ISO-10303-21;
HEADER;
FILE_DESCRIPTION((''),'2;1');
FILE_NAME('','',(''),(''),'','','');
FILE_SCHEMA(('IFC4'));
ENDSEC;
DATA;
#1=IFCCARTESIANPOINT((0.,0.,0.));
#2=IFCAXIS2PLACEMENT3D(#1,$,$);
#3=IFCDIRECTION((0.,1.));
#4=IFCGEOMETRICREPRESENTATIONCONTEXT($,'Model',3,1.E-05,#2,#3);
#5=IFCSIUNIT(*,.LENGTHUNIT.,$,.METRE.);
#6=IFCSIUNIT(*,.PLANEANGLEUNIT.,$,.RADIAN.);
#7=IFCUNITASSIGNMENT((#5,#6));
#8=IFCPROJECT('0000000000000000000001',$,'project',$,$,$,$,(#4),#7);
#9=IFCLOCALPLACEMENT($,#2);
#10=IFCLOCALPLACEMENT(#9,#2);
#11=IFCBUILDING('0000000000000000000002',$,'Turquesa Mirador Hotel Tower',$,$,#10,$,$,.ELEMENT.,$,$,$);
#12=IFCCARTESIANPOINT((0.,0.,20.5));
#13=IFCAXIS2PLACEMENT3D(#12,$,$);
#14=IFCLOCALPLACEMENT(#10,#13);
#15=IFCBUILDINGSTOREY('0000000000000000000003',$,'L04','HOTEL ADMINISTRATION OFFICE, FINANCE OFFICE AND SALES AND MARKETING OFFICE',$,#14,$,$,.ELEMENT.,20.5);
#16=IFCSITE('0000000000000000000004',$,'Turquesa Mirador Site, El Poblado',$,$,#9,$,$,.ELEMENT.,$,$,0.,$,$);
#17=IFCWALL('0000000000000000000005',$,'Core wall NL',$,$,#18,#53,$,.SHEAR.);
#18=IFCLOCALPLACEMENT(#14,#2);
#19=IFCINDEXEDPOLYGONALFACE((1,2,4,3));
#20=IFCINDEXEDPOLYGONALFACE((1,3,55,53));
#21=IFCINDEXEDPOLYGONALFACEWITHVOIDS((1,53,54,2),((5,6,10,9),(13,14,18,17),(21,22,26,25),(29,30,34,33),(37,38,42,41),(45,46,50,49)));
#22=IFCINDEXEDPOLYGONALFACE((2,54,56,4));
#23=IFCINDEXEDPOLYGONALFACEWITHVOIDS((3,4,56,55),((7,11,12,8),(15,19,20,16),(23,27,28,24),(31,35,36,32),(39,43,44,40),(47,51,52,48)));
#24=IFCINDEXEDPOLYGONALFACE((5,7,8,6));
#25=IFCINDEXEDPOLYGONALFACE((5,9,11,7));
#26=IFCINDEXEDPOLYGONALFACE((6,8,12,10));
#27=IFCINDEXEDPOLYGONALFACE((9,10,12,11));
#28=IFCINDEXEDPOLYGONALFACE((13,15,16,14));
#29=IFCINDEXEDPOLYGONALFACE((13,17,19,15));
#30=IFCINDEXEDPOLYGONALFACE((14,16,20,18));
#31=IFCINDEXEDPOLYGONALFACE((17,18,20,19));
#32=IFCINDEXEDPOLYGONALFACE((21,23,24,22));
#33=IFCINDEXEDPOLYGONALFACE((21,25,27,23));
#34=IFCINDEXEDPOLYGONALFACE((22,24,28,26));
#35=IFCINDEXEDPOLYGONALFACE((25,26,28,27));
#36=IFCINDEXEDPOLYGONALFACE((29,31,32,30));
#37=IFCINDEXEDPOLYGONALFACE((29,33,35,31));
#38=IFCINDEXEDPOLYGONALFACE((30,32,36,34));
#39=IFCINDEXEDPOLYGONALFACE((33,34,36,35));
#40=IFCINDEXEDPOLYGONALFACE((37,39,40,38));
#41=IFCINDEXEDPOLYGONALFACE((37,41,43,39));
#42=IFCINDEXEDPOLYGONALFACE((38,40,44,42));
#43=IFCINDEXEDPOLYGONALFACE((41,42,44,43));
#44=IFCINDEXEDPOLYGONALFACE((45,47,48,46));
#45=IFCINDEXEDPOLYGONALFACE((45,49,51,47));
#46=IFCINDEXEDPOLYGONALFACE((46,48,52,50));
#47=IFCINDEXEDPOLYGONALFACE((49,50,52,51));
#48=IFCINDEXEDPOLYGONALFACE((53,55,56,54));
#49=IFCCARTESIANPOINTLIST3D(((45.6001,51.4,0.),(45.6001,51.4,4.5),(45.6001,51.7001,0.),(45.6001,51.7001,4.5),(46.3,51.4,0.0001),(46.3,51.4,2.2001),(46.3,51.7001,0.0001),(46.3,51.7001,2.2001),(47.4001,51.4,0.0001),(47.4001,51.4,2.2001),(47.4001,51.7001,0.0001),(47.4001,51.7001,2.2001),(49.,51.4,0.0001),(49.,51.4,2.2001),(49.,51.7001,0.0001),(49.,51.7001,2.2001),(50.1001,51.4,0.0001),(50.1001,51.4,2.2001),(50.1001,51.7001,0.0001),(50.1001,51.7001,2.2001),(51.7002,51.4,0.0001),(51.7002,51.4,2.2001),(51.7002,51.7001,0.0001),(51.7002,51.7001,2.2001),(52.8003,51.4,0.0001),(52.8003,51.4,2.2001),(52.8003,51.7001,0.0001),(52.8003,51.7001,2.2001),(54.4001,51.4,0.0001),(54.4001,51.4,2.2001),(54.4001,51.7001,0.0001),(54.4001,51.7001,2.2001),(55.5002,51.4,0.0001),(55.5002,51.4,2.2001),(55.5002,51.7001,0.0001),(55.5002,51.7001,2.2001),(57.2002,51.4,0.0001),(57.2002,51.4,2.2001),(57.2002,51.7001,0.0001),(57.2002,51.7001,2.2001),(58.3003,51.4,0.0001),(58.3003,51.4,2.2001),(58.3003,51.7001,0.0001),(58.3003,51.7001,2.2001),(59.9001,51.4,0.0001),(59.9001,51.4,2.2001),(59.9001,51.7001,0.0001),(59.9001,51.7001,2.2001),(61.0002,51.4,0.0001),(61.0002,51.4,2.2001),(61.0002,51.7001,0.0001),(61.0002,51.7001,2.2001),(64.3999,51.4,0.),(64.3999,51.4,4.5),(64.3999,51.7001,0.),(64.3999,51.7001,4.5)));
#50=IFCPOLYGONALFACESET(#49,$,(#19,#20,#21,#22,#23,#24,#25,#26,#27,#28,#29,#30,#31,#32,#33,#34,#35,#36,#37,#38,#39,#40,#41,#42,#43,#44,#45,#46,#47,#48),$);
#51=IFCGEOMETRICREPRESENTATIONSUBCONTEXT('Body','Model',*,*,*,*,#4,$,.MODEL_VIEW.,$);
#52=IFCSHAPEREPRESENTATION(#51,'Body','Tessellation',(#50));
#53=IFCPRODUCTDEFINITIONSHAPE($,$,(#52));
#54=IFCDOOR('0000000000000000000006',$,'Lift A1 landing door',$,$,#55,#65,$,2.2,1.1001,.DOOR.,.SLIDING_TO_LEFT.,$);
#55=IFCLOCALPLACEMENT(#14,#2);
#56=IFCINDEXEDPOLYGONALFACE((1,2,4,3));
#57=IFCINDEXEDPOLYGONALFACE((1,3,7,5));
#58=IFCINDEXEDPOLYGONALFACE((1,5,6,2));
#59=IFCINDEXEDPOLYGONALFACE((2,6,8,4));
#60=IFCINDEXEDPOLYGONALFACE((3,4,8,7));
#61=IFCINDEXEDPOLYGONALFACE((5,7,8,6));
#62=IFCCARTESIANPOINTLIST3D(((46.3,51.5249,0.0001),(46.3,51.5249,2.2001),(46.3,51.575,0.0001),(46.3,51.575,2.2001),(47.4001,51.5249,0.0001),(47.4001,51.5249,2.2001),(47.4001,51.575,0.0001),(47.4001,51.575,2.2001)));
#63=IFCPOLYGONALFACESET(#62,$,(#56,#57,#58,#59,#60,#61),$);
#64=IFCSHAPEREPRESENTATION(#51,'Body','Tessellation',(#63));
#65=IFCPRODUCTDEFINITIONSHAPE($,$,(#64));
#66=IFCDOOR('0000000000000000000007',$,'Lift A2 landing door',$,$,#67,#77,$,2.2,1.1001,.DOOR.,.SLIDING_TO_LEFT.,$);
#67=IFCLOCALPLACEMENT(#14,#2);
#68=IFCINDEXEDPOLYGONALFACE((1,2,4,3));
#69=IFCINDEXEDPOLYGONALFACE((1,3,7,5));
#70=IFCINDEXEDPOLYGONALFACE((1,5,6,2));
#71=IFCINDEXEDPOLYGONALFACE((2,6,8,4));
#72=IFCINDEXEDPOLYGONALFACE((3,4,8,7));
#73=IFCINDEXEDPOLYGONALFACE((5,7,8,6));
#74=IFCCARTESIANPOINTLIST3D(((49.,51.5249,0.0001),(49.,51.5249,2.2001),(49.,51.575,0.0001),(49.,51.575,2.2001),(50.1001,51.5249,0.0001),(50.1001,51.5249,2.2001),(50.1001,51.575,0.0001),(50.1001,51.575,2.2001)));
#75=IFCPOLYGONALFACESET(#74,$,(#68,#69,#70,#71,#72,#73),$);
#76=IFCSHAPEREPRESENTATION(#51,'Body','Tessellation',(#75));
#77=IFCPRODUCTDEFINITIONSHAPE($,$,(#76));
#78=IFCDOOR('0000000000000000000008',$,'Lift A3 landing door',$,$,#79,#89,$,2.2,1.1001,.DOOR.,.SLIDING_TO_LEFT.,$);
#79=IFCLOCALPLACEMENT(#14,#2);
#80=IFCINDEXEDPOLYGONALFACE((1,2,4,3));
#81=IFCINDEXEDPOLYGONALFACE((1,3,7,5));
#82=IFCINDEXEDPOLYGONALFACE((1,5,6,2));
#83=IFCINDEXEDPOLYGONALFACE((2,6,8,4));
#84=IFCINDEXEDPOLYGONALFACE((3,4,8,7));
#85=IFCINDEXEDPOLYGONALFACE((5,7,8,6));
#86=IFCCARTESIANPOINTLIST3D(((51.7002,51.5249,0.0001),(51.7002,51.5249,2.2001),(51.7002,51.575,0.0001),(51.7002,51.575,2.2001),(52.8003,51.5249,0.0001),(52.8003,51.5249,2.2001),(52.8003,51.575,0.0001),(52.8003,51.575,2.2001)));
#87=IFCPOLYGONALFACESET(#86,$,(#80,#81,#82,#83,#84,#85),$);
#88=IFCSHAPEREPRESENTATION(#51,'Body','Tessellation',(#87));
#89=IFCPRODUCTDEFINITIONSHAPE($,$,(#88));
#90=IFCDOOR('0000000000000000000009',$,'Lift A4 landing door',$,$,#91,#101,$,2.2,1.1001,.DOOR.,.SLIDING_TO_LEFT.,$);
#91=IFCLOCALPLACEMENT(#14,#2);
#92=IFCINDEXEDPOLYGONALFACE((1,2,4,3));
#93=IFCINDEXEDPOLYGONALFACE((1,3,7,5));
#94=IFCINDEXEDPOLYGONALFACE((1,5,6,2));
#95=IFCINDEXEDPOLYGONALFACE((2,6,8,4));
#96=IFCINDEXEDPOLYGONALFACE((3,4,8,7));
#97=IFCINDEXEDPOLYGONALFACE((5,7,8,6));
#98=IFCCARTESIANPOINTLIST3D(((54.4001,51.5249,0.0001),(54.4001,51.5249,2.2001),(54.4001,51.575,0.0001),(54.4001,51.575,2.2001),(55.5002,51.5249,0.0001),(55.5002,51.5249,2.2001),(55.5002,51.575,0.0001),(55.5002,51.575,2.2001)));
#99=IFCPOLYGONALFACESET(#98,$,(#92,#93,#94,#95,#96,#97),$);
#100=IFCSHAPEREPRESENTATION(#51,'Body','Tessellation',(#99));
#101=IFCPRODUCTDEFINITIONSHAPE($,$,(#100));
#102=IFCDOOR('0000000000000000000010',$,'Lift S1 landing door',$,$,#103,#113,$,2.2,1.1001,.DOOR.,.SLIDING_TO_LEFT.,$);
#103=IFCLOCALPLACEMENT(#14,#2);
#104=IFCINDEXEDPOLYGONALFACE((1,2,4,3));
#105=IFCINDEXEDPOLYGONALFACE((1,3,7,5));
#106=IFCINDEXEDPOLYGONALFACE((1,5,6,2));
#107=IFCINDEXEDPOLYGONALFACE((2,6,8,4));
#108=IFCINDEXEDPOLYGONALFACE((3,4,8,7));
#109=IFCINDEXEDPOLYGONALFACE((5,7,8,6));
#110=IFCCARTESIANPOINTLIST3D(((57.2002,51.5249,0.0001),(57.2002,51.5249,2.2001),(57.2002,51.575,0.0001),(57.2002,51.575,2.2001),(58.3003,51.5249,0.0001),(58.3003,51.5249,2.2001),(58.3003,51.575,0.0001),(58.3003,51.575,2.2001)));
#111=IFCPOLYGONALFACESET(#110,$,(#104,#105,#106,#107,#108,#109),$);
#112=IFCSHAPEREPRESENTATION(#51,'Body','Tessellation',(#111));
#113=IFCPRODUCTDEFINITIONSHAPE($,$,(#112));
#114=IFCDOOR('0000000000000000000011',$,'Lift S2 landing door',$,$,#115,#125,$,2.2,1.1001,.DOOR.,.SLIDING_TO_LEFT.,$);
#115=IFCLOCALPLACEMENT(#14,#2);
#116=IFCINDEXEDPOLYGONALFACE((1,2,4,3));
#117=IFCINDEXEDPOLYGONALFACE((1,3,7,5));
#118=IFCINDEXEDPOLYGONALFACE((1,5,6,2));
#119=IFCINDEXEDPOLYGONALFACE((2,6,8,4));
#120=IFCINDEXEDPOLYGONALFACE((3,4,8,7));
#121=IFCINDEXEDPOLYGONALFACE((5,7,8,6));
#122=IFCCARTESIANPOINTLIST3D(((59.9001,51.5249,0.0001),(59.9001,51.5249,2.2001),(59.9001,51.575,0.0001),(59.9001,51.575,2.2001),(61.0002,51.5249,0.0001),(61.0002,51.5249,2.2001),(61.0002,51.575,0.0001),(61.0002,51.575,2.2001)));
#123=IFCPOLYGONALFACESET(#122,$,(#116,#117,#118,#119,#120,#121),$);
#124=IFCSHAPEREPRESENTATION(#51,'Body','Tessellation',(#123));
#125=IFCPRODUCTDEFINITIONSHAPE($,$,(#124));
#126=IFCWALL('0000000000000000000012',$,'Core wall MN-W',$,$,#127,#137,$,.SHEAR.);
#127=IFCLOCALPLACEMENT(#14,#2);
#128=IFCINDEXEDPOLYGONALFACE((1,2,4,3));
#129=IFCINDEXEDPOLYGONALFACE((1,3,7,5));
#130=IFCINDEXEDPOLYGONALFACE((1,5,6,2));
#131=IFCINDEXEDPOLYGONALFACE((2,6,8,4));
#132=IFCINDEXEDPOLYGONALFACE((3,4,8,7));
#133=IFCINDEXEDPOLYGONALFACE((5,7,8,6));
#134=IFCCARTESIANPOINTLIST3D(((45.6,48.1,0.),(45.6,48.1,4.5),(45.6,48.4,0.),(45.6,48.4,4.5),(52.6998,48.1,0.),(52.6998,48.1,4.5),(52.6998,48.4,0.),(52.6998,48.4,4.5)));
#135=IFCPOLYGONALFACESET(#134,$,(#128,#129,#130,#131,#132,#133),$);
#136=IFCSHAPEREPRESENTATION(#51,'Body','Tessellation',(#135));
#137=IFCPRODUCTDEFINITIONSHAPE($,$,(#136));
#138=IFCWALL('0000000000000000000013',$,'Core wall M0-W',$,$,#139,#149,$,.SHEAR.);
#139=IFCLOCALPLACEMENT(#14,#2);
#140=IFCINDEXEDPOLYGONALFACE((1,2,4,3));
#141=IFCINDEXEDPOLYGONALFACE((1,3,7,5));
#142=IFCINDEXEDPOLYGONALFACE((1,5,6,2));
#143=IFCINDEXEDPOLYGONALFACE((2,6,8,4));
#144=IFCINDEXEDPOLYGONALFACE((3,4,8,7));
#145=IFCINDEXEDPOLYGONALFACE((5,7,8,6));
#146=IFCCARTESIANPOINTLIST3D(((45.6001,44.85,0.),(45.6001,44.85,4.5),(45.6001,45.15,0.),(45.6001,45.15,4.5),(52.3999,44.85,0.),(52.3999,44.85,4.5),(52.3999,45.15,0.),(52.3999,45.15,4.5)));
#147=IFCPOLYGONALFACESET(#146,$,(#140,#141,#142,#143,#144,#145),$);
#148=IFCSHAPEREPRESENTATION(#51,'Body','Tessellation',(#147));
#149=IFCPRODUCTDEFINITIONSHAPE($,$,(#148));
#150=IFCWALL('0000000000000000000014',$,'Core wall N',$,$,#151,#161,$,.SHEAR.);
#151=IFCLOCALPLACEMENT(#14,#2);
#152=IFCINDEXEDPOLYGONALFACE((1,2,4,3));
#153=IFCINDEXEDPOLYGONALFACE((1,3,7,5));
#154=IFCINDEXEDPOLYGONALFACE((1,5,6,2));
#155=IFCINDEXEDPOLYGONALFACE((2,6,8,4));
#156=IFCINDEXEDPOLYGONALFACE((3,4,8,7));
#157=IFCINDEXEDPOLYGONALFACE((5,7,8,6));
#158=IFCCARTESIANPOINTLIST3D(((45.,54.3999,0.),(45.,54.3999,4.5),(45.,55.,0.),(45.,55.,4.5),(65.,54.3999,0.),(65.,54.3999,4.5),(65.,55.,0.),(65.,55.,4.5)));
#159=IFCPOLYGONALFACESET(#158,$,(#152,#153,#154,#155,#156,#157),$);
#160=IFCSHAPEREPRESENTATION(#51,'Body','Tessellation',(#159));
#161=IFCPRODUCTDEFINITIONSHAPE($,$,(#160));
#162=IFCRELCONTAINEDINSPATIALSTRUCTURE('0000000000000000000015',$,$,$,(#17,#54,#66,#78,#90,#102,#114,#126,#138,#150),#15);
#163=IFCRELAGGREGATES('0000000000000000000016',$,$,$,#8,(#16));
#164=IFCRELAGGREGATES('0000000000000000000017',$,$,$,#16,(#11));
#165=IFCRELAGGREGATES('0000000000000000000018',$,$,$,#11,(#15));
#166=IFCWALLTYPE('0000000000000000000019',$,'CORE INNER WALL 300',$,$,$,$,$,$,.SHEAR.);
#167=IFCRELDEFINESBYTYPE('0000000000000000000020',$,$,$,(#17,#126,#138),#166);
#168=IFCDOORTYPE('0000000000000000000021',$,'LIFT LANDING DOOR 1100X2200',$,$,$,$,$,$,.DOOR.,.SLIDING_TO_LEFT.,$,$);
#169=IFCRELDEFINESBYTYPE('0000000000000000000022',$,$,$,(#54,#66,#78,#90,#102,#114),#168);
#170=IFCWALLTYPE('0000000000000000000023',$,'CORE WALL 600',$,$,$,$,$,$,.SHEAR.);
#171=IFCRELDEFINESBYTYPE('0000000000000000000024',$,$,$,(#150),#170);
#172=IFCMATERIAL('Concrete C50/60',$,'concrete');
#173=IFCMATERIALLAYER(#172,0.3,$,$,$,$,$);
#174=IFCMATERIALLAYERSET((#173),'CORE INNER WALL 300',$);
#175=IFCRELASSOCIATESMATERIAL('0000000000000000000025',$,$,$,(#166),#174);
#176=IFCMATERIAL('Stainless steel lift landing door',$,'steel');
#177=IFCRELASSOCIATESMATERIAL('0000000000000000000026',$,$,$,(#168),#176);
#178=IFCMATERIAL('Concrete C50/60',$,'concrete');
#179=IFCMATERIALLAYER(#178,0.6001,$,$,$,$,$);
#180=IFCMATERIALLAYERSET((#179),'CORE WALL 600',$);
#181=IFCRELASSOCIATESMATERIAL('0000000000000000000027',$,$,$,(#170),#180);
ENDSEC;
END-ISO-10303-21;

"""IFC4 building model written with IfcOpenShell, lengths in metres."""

from ifc_helpers import new_model, si_unit, direction, frame, frame_2d, origin, place, context, subcontext, project, spatial, rectangle, extrude, material, layer, layer_set, type_object, element, fill, save


model = new_model("IFC4")

# Units and contexts
model_context = context("Model", 3, precision=1e-05, world=origin(), true_north=direction((0.0, 1.0)))
body_context = subcontext(model_context, "Body", "Model", "MODEL_VIEW")
ifc_project = project(units=[si_unit("LENGTHUNIT", "METRE"), si_unit("PLANEANGLEUNIT", "RADIAN")], contexts=[model_context])

# Site, building, storey
site_placement = place(None, origin())
site = spatial("IfcSite", under=ifc_project, at=site_placement, Name="Turquesa Mirador Site, El Poblado", CompositionType="ELEMENT", RefElevation=0.0)
building_placement = place(site_placement, origin())
building = spatial("IfcBuilding", under=site, at=building_placement, Name="Turquesa Mirador Hotel Tower", CompositionType="ELEMENT")
storey_placement = place(building_placement, frame((0.0, 0.0, 20.5)))
storey = spatial("IfcBuildingStorey", under=building, at=storey_placement, Name="L04", Description="HOTEL ADMINISTRATION OFFICE, FINANCE OFFICE AND SALES AND MARKETING OFFICE", CompositionType="ELEMENT", Elevation=20.5)

# Wall, openings, doors
ifc_material_1 = material(Name="Concrete C50/60", Category="concrete")
ifc_layer_1 = layer(ifc_material_1, 0.3)
ifc_layer_set_1 = layer_set([ifc_layer_1], Name="CORE INNER WALL 300")
wall_type_1 = type_object("IfcWallType", Name="CORE INNER WALL 300", PredefinedType="SHEAR", material=ifc_layer_set_1)
wall_1_placement = place(storey_placement, frame((45.6001, 51.55, 0.0), z_axis=(0.0, 0.0, 1.0), x_axis=(1.0, 0.0, 0.0)))
wall_1 = element("IfcWall", 1, at=wall_1_placement, inside=storey, type_object=wall_type_1, Name="Core wall NL", PredefinedType="SHEAR", context=body_context, shape_type="SweptSolid", body=[
    extrude(rectangle(XDim=18.7998, YDim=0.3, at=frame_2d((9.3999, 0.0))), origin(), (0.0, 0.0, 1.0), 4.5),
])
opening_1_placement = place(wall_1_placement, frame((0.7, 0.0, 0.0)))
opening_1 = element("IfcOpeningElement", 2, at=opening_1_placement, cuts=wall_1, PredefinedType="OPENING", context=body_context, shape_type="SweptSolid", body=[
    extrude(rectangle(XDim=1.1001, YDim=2.2, at=frame_2d((0.55, 1.1001))), frame((0.0, 0.1599, 0.0), z_axis=(0.0, -1.0, 0.0), x_axis=(1.0, 0.0, 0.0)), (0.0, 0.0, 1.0), 0.3201),
])
opening_2_placement = place(wall_1_placement, frame((3.3999, 0.0, 0.0)))
opening_2 = element("IfcOpeningElement", 3, at=opening_2_placement, cuts=wall_1, PredefinedType="OPENING", context=body_context, shape_type="SweptSolid", body=[
    extrude(rectangle(XDim=1.1001, YDim=2.2, at=frame_2d((0.55, 1.1001))), frame((0.0, 0.1599, 0.0), z_axis=(0.0, -1.0, 0.0), x_axis=(1.0, 0.0, 0.0)), (0.0, 0.0, 1.0), 0.3201),
])
opening_3_placement = place(wall_1_placement, frame((6.1001, 0.0, 0.0)))
opening_3 = element("IfcOpeningElement", 4, at=opening_3_placement, cuts=wall_1, PredefinedType="OPENING", context=body_context, shape_type="SweptSolid", body=[
    extrude(rectangle(XDim=1.1001, YDim=2.2, at=frame_2d((0.55, 1.1001))), frame((0.0, 0.1599, 0.0), z_axis=(0.0, -1.0, 0.0), x_axis=(1.0, 0.0, 0.0)), (0.0, 0.0, 1.0), 0.3201),
])
opening_4_placement = place(wall_1_placement, frame((8.8, 0.0, 0.0)))
opening_4 = element("IfcOpeningElement", 5, at=opening_4_placement, cuts=wall_1, PredefinedType="OPENING", context=body_context, shape_type="SweptSolid", body=[
    extrude(rectangle(XDim=1.1001, YDim=2.2, at=frame_2d((0.55, 1.1001))), frame((0.0, 0.1599, 0.0), z_axis=(0.0, -1.0, 0.0), x_axis=(1.0, 0.0, 0.0)), (0.0, 0.0, 1.0), 0.3201),
])
opening_5_placement = place(wall_1_placement, frame((11.6001, 0.0, 0.0)))
opening_5 = element("IfcOpeningElement", 6, at=opening_5_placement, cuts=wall_1, PredefinedType="OPENING", context=body_context, shape_type="SweptSolid", body=[
    extrude(rectangle(XDim=1.1001, YDim=2.2, at=frame_2d((0.55, 1.1001))), frame((0.0, 0.1599, 0.0), z_axis=(0.0, -1.0, 0.0), x_axis=(1.0, 0.0, 0.0)), (0.0, 0.0, 1.0), 0.3201),
])
opening_6_placement = place(wall_1_placement, frame((14.3, 0.0, 0.0)))
opening_6 = element("IfcOpeningElement", 7, at=opening_6_placement, cuts=wall_1, PredefinedType="OPENING", context=body_context, shape_type="SweptSolid", body=[
    extrude(rectangle(XDim=1.1001, YDim=2.2, at=frame_2d((0.55, 1.1001))), frame((0.0, 0.1599, 0.0), z_axis=(0.0, -1.0, 0.0), x_axis=(1.0, 0.0, 0.0)), (0.0, 0.0, 1.0), 0.3201),
])
ifc_material_2 = material(Name="Stainless steel lift landing door", Category="steel")
door_type_1 = type_object("IfcDoorType", Name="LIFT LANDING DOOR 1100X2200", OperationType="SLIDING_TO_LEFT", PredefinedType="DOOR", material=ifc_material_2)
door_1_placement = place(opening_1_placement, origin())
door_1 = element("IfcDoor", 8, at=door_1_placement, inside=storey, type_object=door_type_1, Name="Lift A1 landing door", OperationType="SLIDING_TO_LEFT", OverallHeight=2.2, OverallWidth=1.1001, PredefinedType="DOOR", context=body_context, shape_type="SweptSolid", body=[
    extrude(rectangle(XDim=1.1001, YDim=2.2, at=frame_2d((0.55, 1.1001))), frame((0.0, 0.0249, 0.0), z_axis=(0.0, -1.0, 0.0), x_axis=(1.0, 0.0, 0.0)), (0.0, 0.0, 1.0), 0.05),
])
fill(opening_1, door_1)
door_2_placement = place(opening_2_placement, origin())
door_2 = element("IfcDoor", 9, at=door_2_placement, inside=storey, type_object=door_type_1, Name="Lift A2 landing door", OperationType="SLIDING_TO_LEFT", OverallHeight=2.2, OverallWidth=1.1001, PredefinedType="DOOR", context=body_context, shape_type="SweptSolid", body=[
    extrude(rectangle(XDim=1.1001, YDim=2.2, at=frame_2d((0.55, 1.1001))), frame((0.0, 0.0249, 0.0), z_axis=(0.0, -1.0, 0.0), x_axis=(1.0, 0.0, 0.0)), (0.0, 0.0, 1.0), 0.05),
])
fill(opening_2, door_2)
door_3_placement = place(opening_3_placement, origin())
door_3 = element("IfcDoor", 10, at=door_3_placement, inside=storey, type_object=door_type_1, Name="Lift A3 landing door", OperationType="SLIDING_TO_LEFT", OverallHeight=2.2, OverallWidth=1.1001, PredefinedType="DOOR", context=body_context, shape_type="SweptSolid", body=[
    extrude(rectangle(XDim=1.1001, YDim=2.2, at=frame_2d((0.55, 1.1001))), frame((0.0, 0.0249, 0.0), z_axis=(0.0, -1.0, 0.0), x_axis=(1.0, 0.0, 0.0)), (0.0, 0.0, 1.0), 0.05),
])
fill(opening_3, door_3)
door_4_placement = place(opening_4_placement, origin())
door_4 = element("IfcDoor", 11, at=door_4_placement, inside=storey, type_object=door_type_1, Name="Lift A4 landing door", OperationType="SLIDING_TO_LEFT", OverallHeight=2.2, OverallWidth=1.1001, PredefinedType="DOOR", context=body_context, shape_type="SweptSolid", body=[
    extrude(rectangle(XDim=1.1001, YDim=2.2, at=frame_2d((0.55, 1.1001))), frame((0.0, 0.0249, 0.0), z_axis=(0.0, -1.0, 0.0), x_axis=(1.0, 0.0, 0.0)), (0.0, 0.0, 1.0), 0.05),
])
fill(opening_4, door_4)
door_5_placement = place(opening_5_placement, origin())
door_5 = element("IfcDoor", 12, at=door_5_placement, inside=storey, type_object=door_type_1, Name="Lift S1 landing door", OperationType="SLIDING_TO_LEFT", OverallHeight=2.2, OverallWidth=1.1001, PredefinedType="DOOR", context=body_context, shape_type="SweptSolid", body=[
    extrude(rectangle(XDim=1.1001, YDim=2.2, at=frame_2d((0.55, 1.1001))), frame((0.0, 0.0249, 0.0), z_axis=(0.0, -1.0, 0.0), x_axis=(1.0, 0.0, 0.0)), (0.0, 0.0, 1.0), 0.05),
])
fill(opening_5, door_5)
door_6_placement = place(opening_6_placement, origin())
door_6 = element("IfcDoor", 13, at=door_6_placement, inside=storey, type_object=door_type_1, Name="Lift S2 landing door", OperationType="SLIDING_TO_LEFT", OverallHeight=2.2, OverallWidth=1.1001, PredefinedType="DOOR", context=body_context, shape_type="SweptSolid", body=[
    extrude(rectangle(XDim=1.1001, YDim=2.2, at=frame_2d((0.55, 1.1001))), frame((0.0, 0.0249, 0.0), z_axis=(0.0, -1.0, 0.0), x_axis=(1.0, 0.0, 0.0)), (0.0, 0.0, 1.0), 0.05),
])
fill(opening_6, door_6)

# Walls
wall_2_placement = place(storey_placement, frame((45.6001, 48.25, 0.0), z_axis=(0.0, 0.0, 1.0), x_axis=(1.0, 0.0, 0.0)))
element("IfcWall", 14, at=wall_2_placement, inside=storey, type_object=wall_type_1, Name="Core wall MN-W", PredefinedType="SHEAR", context=body_context, shape_type="SweptSolid", body=[
    extrude(rectangle(XDim=7.0999, YDim=0.3, at=frame_2d((3.5498, 0.0))), origin(), (0.0, 0.0, 1.0), 4.5),
])
wall_3_placement = place(storey_placement, frame((45.6001, 45.0, 0.0), z_axis=(0.0, 0.0, 1.0), x_axis=(1.0, 0.0, 0.0)))
element("IfcWall", 15, at=wall_3_placement, inside=storey, type_object=wall_type_1, Name="Core wall M0-W", PredefinedType="SHEAR", context=body_context, shape_type="SweptSolid", body=[
    extrude(rectangle(XDim=6.7998, YDim=0.3, at=frame_2d((3.3999, 0.0))), origin(), (0.0, 0.0, 1.0), 4.5),
])
ifc_material_3 = material(Name="Concrete C50/60", Category="concrete")
ifc_layer_2 = layer(ifc_material_3, 0.6001)
ifc_layer_set_2 = layer_set([ifc_layer_2], Name="CORE WALL 600")
wall_type_2 = type_object("IfcWallType", Name="CORE WALL 600", PredefinedType="SHEAR", material=ifc_layer_set_2)
wall_4_placement = place(storey_placement, frame((45.0, 54.7, 0.0), z_axis=(0.0, 0.0, 1.0), x_axis=(1.0, 0.0, 0.0)))
element("IfcWall", 16, at=wall_4_placement, inside=storey, type_object=wall_type_2, Name="Core wall N", PredefinedType="SHEAR", context=body_context, shape_type="SweptSolid", body=[
    extrude(rectangle(XDim=20.0, YDim=0.6001, at=frame_2d((10.0, 0.0))), origin(), (0.0, 0.0, 1.0), 4.5),
])

save(model, "model.ifc")
